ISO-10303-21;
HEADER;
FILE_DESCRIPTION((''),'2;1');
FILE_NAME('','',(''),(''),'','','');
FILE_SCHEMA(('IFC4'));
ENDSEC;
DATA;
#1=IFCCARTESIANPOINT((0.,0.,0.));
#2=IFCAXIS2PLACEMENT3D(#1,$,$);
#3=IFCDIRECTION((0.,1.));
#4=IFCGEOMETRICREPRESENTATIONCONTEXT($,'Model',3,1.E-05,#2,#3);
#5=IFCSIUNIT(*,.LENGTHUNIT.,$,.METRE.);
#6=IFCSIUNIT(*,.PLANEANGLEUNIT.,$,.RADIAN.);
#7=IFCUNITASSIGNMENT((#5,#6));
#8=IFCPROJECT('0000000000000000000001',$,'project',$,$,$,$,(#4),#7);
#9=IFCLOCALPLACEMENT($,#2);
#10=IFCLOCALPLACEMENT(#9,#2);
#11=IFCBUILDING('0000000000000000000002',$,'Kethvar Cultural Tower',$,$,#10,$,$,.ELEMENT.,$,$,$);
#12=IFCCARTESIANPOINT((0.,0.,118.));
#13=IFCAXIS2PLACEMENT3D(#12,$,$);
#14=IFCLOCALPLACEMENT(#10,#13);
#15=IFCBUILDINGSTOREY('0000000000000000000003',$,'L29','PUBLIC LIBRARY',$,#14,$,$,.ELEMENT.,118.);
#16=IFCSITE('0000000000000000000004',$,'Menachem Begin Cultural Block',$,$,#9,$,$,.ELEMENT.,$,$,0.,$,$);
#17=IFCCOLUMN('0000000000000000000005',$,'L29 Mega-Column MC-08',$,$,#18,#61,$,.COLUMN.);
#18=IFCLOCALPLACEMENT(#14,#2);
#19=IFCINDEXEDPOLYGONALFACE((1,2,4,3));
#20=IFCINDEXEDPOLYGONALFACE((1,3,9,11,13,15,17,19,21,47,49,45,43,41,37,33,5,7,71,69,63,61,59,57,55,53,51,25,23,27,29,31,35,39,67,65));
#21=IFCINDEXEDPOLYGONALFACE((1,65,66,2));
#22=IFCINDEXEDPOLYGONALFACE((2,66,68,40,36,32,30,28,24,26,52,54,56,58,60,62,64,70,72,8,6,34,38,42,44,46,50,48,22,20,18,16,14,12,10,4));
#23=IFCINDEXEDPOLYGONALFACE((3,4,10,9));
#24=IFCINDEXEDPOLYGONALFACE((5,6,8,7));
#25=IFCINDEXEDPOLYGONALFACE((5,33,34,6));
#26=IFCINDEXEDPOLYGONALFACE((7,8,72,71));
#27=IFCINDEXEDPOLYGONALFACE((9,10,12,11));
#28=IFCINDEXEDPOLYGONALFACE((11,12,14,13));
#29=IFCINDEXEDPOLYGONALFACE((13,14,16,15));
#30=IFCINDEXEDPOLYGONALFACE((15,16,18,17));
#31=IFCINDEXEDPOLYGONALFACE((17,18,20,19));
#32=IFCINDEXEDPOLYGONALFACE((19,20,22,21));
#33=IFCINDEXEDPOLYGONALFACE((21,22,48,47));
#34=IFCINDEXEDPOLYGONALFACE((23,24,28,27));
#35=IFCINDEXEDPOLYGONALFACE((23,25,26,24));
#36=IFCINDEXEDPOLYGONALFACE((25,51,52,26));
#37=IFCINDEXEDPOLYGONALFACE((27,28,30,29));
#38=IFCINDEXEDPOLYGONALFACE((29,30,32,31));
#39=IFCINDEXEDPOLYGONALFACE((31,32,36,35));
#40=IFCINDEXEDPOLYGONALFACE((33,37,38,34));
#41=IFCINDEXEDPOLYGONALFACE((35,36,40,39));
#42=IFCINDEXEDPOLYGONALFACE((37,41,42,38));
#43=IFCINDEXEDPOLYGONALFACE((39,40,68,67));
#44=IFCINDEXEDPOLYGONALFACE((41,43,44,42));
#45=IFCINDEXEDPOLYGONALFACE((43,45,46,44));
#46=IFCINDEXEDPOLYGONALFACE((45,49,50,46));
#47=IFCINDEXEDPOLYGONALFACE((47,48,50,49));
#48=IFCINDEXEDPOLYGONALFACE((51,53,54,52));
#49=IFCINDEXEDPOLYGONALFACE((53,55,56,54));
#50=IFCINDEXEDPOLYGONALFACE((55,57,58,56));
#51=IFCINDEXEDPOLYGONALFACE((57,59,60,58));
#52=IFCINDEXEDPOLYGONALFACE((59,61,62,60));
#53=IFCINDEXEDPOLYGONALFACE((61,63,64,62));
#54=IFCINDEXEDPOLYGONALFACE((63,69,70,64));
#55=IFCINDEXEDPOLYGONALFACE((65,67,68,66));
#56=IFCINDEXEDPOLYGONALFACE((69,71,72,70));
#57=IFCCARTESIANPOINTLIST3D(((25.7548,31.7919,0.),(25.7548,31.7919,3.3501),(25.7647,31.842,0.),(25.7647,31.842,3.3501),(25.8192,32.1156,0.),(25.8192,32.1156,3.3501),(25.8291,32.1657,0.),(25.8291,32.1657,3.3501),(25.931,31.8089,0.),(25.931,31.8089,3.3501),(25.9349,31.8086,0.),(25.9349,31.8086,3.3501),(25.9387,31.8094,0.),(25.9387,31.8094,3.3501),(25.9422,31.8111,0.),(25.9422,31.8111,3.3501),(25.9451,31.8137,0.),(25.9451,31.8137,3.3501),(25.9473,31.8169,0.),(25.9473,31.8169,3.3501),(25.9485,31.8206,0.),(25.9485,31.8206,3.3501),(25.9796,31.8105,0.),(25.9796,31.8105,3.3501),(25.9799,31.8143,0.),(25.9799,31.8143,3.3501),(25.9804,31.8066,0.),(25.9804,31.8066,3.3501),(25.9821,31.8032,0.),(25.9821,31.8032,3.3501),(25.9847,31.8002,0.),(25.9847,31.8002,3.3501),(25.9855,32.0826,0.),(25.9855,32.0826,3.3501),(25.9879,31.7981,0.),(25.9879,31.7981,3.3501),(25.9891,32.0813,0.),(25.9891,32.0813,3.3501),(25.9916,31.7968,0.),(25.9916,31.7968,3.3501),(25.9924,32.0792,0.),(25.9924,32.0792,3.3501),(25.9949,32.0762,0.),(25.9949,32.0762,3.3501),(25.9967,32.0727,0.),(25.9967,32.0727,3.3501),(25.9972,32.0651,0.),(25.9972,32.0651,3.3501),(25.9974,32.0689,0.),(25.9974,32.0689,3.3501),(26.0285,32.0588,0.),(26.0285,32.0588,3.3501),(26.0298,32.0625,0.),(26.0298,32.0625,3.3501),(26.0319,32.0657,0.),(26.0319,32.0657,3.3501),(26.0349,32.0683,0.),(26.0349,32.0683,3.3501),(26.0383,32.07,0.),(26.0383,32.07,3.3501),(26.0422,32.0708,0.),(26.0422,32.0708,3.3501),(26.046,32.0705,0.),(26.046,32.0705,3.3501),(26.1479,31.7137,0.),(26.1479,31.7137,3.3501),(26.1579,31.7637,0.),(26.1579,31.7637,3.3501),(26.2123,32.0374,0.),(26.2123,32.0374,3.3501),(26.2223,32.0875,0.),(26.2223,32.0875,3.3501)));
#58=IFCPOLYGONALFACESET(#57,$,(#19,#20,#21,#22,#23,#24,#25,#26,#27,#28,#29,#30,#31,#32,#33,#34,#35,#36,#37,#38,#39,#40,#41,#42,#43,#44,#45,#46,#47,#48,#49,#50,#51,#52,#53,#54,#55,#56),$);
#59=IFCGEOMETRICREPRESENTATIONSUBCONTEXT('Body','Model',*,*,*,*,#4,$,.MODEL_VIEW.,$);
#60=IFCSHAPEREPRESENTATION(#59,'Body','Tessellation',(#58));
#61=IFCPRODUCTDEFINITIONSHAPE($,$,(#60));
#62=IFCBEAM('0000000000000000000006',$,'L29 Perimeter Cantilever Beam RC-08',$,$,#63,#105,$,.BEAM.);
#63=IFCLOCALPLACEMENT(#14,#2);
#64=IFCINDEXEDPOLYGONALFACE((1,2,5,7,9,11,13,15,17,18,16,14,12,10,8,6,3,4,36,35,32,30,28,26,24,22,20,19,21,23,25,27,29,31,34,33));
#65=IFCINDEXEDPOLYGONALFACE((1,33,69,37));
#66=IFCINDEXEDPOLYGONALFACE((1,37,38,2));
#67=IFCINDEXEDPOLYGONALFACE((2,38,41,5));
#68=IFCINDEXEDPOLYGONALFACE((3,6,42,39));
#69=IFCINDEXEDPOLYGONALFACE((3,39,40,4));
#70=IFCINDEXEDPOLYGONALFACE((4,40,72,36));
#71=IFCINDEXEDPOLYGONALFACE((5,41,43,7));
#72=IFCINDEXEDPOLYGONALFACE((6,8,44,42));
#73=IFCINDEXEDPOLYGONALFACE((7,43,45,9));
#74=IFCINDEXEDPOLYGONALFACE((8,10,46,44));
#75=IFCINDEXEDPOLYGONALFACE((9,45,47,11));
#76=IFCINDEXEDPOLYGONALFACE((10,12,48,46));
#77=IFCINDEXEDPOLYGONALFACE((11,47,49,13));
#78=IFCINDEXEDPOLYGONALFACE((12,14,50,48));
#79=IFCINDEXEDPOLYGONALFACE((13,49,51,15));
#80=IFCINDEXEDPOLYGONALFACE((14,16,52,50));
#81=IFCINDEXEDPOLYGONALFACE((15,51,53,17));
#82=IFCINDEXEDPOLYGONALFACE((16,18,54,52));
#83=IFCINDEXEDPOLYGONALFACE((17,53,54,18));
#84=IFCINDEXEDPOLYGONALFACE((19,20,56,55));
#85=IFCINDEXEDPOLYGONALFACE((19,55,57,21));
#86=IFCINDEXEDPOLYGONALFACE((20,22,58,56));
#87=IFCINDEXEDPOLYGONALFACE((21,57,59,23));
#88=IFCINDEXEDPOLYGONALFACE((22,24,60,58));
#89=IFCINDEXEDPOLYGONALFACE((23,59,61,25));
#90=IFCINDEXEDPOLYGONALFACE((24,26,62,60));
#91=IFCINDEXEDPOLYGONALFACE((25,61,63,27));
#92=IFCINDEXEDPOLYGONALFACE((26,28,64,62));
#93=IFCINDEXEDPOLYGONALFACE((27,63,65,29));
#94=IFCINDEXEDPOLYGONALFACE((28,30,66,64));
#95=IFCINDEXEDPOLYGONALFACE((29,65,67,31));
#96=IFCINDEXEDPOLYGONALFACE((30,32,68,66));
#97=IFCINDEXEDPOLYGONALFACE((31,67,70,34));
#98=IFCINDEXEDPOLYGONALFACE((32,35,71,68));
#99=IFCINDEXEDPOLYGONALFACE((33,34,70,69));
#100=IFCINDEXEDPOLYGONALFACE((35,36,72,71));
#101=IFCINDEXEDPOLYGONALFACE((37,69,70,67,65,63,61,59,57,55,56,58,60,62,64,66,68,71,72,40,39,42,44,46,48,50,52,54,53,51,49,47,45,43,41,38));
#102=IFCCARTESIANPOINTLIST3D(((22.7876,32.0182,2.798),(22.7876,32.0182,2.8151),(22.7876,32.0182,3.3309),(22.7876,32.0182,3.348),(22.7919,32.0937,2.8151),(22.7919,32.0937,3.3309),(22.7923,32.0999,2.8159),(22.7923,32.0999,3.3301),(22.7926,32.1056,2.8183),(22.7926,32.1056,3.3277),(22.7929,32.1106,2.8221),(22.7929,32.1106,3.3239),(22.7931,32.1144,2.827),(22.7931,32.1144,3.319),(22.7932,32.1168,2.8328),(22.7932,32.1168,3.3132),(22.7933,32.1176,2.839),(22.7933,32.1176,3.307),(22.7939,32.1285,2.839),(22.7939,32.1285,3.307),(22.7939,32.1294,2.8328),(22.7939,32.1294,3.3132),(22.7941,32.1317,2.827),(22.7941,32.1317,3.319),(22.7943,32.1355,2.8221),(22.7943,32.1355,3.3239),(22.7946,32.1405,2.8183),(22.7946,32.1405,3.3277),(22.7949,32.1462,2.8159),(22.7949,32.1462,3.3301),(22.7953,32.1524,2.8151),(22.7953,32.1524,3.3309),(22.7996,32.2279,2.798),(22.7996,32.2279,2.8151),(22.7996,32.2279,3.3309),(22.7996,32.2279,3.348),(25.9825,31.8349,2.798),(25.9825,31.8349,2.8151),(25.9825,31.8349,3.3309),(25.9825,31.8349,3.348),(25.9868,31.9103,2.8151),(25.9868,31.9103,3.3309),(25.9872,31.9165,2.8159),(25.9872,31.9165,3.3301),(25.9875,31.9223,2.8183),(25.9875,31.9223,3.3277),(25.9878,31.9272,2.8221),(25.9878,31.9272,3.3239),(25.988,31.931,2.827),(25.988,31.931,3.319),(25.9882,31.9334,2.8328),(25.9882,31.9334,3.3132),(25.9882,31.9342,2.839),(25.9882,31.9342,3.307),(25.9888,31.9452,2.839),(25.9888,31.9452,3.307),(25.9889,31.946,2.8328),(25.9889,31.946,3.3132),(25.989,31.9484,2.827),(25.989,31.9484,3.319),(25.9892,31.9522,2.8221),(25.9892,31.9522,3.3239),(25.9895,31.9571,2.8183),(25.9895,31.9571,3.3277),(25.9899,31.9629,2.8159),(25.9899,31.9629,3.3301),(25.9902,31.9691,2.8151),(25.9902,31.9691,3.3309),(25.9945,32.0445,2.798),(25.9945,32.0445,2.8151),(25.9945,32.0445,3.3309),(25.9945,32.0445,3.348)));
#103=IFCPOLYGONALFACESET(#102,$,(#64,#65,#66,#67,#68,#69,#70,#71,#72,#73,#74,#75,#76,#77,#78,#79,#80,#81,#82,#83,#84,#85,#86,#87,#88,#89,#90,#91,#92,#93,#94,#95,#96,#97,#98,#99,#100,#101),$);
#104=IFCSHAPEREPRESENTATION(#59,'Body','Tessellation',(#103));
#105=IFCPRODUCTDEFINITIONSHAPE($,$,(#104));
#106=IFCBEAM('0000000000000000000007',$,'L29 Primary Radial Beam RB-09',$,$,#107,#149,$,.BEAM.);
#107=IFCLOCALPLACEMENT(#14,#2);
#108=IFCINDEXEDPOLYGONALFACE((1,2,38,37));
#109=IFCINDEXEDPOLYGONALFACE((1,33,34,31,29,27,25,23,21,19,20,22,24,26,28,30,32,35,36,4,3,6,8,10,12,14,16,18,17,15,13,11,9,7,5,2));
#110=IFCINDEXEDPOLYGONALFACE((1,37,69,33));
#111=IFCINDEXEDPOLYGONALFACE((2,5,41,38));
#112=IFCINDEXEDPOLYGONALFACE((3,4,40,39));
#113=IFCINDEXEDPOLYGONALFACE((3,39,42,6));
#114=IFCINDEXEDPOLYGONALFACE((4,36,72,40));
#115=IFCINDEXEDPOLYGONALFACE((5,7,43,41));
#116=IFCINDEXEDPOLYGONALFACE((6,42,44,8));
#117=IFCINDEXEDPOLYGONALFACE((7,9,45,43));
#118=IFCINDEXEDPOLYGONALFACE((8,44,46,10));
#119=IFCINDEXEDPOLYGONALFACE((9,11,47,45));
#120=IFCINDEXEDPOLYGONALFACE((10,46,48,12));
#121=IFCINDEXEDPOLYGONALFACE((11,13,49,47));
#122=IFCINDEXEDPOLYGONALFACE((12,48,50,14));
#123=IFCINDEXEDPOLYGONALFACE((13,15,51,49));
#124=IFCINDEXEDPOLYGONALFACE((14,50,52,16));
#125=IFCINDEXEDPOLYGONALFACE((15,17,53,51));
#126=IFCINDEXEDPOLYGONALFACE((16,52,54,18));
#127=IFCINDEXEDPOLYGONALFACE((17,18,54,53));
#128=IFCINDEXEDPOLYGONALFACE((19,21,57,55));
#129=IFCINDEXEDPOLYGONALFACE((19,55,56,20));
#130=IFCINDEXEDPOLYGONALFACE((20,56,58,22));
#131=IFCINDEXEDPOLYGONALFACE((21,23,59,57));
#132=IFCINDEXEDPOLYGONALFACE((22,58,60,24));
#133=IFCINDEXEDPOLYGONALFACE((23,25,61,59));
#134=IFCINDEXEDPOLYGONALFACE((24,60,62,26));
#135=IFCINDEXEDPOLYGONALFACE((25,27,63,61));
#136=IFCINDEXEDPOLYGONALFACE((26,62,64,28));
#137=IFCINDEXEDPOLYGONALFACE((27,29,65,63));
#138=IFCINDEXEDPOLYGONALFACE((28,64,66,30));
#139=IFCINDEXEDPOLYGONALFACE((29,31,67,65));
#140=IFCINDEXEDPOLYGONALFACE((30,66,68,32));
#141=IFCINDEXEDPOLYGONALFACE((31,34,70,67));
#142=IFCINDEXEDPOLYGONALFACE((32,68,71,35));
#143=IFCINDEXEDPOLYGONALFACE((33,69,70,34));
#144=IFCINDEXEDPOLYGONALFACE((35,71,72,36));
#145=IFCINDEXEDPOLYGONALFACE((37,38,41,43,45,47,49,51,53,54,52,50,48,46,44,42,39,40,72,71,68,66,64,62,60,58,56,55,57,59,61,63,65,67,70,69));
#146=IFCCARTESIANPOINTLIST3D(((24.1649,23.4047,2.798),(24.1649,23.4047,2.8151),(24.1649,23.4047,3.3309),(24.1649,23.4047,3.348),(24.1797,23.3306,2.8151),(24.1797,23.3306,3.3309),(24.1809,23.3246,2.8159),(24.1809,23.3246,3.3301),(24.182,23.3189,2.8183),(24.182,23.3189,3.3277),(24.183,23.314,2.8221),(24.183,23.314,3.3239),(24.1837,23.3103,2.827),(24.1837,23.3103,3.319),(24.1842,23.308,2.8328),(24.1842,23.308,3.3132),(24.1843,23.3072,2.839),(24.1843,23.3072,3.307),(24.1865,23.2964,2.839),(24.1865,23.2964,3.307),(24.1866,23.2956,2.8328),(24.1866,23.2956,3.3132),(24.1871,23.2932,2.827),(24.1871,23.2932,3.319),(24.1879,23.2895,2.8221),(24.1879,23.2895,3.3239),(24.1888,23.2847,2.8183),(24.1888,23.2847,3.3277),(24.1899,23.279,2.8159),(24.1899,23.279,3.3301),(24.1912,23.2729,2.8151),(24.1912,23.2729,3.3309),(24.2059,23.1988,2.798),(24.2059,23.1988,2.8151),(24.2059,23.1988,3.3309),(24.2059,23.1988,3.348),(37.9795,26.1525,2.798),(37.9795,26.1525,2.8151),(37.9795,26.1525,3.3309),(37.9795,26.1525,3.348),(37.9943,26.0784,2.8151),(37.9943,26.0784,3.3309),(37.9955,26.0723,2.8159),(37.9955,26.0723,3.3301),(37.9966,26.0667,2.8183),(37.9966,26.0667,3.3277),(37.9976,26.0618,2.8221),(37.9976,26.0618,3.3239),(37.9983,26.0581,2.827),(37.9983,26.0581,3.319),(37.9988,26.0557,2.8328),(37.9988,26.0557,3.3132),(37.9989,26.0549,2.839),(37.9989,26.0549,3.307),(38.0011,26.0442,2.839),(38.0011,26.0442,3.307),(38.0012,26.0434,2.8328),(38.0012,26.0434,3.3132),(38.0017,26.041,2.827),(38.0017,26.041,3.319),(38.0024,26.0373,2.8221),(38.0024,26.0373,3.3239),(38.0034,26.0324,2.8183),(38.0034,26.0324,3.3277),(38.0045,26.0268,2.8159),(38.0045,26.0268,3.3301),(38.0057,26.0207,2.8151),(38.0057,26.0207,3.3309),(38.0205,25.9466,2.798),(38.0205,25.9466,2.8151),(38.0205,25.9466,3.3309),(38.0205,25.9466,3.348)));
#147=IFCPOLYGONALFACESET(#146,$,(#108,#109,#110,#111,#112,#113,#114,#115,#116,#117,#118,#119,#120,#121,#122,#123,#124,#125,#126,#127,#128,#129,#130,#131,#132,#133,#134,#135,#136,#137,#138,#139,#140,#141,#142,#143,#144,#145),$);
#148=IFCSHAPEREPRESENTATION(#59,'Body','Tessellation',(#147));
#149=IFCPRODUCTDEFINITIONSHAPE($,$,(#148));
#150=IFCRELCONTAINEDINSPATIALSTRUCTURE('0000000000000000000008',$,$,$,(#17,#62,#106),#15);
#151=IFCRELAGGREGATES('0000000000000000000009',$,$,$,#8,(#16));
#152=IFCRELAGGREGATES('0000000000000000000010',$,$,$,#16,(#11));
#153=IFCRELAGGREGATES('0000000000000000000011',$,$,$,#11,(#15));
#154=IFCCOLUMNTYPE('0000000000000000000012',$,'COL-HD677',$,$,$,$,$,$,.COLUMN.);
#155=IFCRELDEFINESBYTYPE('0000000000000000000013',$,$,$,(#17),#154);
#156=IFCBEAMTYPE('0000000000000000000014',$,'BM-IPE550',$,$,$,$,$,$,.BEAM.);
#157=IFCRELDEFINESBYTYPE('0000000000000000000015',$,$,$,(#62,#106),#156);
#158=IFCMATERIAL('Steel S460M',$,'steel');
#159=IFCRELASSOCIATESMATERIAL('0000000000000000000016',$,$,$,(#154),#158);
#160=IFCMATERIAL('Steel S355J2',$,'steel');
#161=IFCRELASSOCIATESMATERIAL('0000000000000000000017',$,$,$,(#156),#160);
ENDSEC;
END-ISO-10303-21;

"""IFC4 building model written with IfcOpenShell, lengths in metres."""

from ifc_helpers import new_model, si_unit, direction, frame, origin, origin_2d, place, context, subcontext, project, spatial, i_section, extrude, source, transform, mapped, material, material_profile, profile_set, type_object, element, save


model = new_model("IFC4")

# Units and contexts
model_context = context("Model", 3, precision=1e-05, world=origin(), true_north=direction((0.0, 1.0)))
body_context = subcontext(model_context, "Body", "Model", "MODEL_VIEW")
ifc_project = project(units=[si_unit("LENGTHUNIT", "METRE"), si_unit("PLANEANGLEUNIT", "RADIAN")], contexts=[model_context])

# Site, building, storey
site_placement = place(None, origin())
site = spatial("IfcSite", under=ifc_project, at=site_placement, Name="Menachem Begin Cultural Block", CompositionType="ELEMENT", RefElevation=0.0)
building_placement = place(site_placement, origin())
building = spatial("IfcBuilding", under=site, at=building_placement, Name="Kethvar Cultural Tower", CompositionType="ELEMENT")
storey_placement = place(building_placement, frame((0.0, 0.0, 118.0)))
storey = spatial("IfcBuildingStorey", under=building, at=storey_placement, Name="L29", Description="PUBLIC LIBRARY", CompositionType="ELEMENT", Elevation=118.0)

# Column
ifc_material_1 = material(Name="Steel S460M", Category="steel")
ifc_material_profile_1 = material_profile(ifc_material_1, i_section(OverallWidth=0.4009, OverallDepth=0.3811, WebThickness=0.032, FlangeThickness=0.051, FilletRadius=0.0149, at=origin_2d()), Name="Steel S460M — HD400x677")
ifc_profile_set_1 = profile_set([ifc_material_profile_1], Name="Steel S460M — HD400x677")
column_type = type_object("IfcColumnType", Name="COL-HD677", PredefinedType="COLUMN", material=ifc_profile_set_1)
shared_shape_1 = source(origin(), body_context, "Body", "SweptSolid", [
    extrude(i_section(OverallWidth=0.4009, OverallDepth=0.3811, WebThickness=0.032, FlangeThickness=0.051, FilletRadius=0.0149, at=origin_2d()), origin(), (0.0, 0.0, 1.0), 3.3501),
])
column_placement = place(storey_placement, frame((25.9885, 31.9397, 0.0), z_axis=(0.0, 0.0, 1.0), x_axis=(-0.980785, 0.19509, 0.0)))
element("IfcColumn", 1, at=column_placement, inside=storey, type_object=column_type, Name="L29 Mega-Column MC-08", PredefinedType="COLUMN", context=body_context, shape_type="MappedRepresentation", body=[
    mapped(shared_shape_1, transform((0.0, 0.0, 0.0), scale=1.0)),
])

# Beams
ifc_material_2 = material(Name="Steel S355J2", Category="steel")
ifc_material_profile_2 = material_profile(ifc_material_2, i_section(OverallWidth=0.21, OverallDepth=0.55, WebThickness=0.011, FlangeThickness=0.0171, FilletRadius=0.0239, at=origin_2d()), Name="Steel S355J2 — IPE550")
ifc_profile_set_2 = profile_set([ifc_material_profile_2], Name="Steel S355J2 — IPE550")
beam_type_1 = type_object("IfcBeamType", Name="BM-IPE550", PredefinedType="BEAM", material=ifc_profile_set_2)
shared_shape_2 = source(origin(), body_context, "Body", "SweptSolid", [
    extrude(i_section(OverallWidth=0.21, OverallDepth=0.55, WebThickness=0.011, FlangeThickness=0.0171, FilletRadius=0.0239, at=origin_2d()), origin(), (0.0, 0.0, 1.0), 3.2002),
])
beam_1_placement = place(storey_placement, frame((25.9885, 31.9397, 3.073), z_axis=(-0.998357, 0.057295, 0.0), x_axis=(-0.057295, -0.998357, 0.0)))
element("IfcBeam", 2, at=beam_1_placement, inside=storey, type_object=beam_type_1, Name="L29 Perimeter Cantilever Beam RC-08", PredefinedType="BEAM", context=body_context, shape_type="MappedRepresentation", body=[
    mapped(shared_shape_2, transform((0.0, 0.0, 0.0), scale=1.0)),
])
shared_shape_3 = source(origin(), body_context, "Body", "SweptSolid", [
    extrude(i_section(OverallWidth=0.21, OverallDepth=0.55, WebThickness=0.011, FlangeThickness=0.0171, FilletRadius=0.0239, at=origin_2d()), origin(), (0.0, 0.0, 1.0), 14.0852),
])
beam_2_placement = place(storey_placement, frame((38.0, 26.0496, 3.073), z_axis=(-0.980787, -0.195083, 0.0), x_axis=(0.195083, -0.980787, 0.0)))
element("IfcBeam", 3, at=beam_2_placement, inside=storey, type_object=beam_type_1, Name="L29 Primary Radial Beam RB-09", PredefinedType="BEAM", context=body_context, shape_type="MappedRepresentation", body=[
    mapped(shared_shape_3, transform((0.0, 0.0, 0.0), scale=1.0)),
])

save(model, "model.ifc")
